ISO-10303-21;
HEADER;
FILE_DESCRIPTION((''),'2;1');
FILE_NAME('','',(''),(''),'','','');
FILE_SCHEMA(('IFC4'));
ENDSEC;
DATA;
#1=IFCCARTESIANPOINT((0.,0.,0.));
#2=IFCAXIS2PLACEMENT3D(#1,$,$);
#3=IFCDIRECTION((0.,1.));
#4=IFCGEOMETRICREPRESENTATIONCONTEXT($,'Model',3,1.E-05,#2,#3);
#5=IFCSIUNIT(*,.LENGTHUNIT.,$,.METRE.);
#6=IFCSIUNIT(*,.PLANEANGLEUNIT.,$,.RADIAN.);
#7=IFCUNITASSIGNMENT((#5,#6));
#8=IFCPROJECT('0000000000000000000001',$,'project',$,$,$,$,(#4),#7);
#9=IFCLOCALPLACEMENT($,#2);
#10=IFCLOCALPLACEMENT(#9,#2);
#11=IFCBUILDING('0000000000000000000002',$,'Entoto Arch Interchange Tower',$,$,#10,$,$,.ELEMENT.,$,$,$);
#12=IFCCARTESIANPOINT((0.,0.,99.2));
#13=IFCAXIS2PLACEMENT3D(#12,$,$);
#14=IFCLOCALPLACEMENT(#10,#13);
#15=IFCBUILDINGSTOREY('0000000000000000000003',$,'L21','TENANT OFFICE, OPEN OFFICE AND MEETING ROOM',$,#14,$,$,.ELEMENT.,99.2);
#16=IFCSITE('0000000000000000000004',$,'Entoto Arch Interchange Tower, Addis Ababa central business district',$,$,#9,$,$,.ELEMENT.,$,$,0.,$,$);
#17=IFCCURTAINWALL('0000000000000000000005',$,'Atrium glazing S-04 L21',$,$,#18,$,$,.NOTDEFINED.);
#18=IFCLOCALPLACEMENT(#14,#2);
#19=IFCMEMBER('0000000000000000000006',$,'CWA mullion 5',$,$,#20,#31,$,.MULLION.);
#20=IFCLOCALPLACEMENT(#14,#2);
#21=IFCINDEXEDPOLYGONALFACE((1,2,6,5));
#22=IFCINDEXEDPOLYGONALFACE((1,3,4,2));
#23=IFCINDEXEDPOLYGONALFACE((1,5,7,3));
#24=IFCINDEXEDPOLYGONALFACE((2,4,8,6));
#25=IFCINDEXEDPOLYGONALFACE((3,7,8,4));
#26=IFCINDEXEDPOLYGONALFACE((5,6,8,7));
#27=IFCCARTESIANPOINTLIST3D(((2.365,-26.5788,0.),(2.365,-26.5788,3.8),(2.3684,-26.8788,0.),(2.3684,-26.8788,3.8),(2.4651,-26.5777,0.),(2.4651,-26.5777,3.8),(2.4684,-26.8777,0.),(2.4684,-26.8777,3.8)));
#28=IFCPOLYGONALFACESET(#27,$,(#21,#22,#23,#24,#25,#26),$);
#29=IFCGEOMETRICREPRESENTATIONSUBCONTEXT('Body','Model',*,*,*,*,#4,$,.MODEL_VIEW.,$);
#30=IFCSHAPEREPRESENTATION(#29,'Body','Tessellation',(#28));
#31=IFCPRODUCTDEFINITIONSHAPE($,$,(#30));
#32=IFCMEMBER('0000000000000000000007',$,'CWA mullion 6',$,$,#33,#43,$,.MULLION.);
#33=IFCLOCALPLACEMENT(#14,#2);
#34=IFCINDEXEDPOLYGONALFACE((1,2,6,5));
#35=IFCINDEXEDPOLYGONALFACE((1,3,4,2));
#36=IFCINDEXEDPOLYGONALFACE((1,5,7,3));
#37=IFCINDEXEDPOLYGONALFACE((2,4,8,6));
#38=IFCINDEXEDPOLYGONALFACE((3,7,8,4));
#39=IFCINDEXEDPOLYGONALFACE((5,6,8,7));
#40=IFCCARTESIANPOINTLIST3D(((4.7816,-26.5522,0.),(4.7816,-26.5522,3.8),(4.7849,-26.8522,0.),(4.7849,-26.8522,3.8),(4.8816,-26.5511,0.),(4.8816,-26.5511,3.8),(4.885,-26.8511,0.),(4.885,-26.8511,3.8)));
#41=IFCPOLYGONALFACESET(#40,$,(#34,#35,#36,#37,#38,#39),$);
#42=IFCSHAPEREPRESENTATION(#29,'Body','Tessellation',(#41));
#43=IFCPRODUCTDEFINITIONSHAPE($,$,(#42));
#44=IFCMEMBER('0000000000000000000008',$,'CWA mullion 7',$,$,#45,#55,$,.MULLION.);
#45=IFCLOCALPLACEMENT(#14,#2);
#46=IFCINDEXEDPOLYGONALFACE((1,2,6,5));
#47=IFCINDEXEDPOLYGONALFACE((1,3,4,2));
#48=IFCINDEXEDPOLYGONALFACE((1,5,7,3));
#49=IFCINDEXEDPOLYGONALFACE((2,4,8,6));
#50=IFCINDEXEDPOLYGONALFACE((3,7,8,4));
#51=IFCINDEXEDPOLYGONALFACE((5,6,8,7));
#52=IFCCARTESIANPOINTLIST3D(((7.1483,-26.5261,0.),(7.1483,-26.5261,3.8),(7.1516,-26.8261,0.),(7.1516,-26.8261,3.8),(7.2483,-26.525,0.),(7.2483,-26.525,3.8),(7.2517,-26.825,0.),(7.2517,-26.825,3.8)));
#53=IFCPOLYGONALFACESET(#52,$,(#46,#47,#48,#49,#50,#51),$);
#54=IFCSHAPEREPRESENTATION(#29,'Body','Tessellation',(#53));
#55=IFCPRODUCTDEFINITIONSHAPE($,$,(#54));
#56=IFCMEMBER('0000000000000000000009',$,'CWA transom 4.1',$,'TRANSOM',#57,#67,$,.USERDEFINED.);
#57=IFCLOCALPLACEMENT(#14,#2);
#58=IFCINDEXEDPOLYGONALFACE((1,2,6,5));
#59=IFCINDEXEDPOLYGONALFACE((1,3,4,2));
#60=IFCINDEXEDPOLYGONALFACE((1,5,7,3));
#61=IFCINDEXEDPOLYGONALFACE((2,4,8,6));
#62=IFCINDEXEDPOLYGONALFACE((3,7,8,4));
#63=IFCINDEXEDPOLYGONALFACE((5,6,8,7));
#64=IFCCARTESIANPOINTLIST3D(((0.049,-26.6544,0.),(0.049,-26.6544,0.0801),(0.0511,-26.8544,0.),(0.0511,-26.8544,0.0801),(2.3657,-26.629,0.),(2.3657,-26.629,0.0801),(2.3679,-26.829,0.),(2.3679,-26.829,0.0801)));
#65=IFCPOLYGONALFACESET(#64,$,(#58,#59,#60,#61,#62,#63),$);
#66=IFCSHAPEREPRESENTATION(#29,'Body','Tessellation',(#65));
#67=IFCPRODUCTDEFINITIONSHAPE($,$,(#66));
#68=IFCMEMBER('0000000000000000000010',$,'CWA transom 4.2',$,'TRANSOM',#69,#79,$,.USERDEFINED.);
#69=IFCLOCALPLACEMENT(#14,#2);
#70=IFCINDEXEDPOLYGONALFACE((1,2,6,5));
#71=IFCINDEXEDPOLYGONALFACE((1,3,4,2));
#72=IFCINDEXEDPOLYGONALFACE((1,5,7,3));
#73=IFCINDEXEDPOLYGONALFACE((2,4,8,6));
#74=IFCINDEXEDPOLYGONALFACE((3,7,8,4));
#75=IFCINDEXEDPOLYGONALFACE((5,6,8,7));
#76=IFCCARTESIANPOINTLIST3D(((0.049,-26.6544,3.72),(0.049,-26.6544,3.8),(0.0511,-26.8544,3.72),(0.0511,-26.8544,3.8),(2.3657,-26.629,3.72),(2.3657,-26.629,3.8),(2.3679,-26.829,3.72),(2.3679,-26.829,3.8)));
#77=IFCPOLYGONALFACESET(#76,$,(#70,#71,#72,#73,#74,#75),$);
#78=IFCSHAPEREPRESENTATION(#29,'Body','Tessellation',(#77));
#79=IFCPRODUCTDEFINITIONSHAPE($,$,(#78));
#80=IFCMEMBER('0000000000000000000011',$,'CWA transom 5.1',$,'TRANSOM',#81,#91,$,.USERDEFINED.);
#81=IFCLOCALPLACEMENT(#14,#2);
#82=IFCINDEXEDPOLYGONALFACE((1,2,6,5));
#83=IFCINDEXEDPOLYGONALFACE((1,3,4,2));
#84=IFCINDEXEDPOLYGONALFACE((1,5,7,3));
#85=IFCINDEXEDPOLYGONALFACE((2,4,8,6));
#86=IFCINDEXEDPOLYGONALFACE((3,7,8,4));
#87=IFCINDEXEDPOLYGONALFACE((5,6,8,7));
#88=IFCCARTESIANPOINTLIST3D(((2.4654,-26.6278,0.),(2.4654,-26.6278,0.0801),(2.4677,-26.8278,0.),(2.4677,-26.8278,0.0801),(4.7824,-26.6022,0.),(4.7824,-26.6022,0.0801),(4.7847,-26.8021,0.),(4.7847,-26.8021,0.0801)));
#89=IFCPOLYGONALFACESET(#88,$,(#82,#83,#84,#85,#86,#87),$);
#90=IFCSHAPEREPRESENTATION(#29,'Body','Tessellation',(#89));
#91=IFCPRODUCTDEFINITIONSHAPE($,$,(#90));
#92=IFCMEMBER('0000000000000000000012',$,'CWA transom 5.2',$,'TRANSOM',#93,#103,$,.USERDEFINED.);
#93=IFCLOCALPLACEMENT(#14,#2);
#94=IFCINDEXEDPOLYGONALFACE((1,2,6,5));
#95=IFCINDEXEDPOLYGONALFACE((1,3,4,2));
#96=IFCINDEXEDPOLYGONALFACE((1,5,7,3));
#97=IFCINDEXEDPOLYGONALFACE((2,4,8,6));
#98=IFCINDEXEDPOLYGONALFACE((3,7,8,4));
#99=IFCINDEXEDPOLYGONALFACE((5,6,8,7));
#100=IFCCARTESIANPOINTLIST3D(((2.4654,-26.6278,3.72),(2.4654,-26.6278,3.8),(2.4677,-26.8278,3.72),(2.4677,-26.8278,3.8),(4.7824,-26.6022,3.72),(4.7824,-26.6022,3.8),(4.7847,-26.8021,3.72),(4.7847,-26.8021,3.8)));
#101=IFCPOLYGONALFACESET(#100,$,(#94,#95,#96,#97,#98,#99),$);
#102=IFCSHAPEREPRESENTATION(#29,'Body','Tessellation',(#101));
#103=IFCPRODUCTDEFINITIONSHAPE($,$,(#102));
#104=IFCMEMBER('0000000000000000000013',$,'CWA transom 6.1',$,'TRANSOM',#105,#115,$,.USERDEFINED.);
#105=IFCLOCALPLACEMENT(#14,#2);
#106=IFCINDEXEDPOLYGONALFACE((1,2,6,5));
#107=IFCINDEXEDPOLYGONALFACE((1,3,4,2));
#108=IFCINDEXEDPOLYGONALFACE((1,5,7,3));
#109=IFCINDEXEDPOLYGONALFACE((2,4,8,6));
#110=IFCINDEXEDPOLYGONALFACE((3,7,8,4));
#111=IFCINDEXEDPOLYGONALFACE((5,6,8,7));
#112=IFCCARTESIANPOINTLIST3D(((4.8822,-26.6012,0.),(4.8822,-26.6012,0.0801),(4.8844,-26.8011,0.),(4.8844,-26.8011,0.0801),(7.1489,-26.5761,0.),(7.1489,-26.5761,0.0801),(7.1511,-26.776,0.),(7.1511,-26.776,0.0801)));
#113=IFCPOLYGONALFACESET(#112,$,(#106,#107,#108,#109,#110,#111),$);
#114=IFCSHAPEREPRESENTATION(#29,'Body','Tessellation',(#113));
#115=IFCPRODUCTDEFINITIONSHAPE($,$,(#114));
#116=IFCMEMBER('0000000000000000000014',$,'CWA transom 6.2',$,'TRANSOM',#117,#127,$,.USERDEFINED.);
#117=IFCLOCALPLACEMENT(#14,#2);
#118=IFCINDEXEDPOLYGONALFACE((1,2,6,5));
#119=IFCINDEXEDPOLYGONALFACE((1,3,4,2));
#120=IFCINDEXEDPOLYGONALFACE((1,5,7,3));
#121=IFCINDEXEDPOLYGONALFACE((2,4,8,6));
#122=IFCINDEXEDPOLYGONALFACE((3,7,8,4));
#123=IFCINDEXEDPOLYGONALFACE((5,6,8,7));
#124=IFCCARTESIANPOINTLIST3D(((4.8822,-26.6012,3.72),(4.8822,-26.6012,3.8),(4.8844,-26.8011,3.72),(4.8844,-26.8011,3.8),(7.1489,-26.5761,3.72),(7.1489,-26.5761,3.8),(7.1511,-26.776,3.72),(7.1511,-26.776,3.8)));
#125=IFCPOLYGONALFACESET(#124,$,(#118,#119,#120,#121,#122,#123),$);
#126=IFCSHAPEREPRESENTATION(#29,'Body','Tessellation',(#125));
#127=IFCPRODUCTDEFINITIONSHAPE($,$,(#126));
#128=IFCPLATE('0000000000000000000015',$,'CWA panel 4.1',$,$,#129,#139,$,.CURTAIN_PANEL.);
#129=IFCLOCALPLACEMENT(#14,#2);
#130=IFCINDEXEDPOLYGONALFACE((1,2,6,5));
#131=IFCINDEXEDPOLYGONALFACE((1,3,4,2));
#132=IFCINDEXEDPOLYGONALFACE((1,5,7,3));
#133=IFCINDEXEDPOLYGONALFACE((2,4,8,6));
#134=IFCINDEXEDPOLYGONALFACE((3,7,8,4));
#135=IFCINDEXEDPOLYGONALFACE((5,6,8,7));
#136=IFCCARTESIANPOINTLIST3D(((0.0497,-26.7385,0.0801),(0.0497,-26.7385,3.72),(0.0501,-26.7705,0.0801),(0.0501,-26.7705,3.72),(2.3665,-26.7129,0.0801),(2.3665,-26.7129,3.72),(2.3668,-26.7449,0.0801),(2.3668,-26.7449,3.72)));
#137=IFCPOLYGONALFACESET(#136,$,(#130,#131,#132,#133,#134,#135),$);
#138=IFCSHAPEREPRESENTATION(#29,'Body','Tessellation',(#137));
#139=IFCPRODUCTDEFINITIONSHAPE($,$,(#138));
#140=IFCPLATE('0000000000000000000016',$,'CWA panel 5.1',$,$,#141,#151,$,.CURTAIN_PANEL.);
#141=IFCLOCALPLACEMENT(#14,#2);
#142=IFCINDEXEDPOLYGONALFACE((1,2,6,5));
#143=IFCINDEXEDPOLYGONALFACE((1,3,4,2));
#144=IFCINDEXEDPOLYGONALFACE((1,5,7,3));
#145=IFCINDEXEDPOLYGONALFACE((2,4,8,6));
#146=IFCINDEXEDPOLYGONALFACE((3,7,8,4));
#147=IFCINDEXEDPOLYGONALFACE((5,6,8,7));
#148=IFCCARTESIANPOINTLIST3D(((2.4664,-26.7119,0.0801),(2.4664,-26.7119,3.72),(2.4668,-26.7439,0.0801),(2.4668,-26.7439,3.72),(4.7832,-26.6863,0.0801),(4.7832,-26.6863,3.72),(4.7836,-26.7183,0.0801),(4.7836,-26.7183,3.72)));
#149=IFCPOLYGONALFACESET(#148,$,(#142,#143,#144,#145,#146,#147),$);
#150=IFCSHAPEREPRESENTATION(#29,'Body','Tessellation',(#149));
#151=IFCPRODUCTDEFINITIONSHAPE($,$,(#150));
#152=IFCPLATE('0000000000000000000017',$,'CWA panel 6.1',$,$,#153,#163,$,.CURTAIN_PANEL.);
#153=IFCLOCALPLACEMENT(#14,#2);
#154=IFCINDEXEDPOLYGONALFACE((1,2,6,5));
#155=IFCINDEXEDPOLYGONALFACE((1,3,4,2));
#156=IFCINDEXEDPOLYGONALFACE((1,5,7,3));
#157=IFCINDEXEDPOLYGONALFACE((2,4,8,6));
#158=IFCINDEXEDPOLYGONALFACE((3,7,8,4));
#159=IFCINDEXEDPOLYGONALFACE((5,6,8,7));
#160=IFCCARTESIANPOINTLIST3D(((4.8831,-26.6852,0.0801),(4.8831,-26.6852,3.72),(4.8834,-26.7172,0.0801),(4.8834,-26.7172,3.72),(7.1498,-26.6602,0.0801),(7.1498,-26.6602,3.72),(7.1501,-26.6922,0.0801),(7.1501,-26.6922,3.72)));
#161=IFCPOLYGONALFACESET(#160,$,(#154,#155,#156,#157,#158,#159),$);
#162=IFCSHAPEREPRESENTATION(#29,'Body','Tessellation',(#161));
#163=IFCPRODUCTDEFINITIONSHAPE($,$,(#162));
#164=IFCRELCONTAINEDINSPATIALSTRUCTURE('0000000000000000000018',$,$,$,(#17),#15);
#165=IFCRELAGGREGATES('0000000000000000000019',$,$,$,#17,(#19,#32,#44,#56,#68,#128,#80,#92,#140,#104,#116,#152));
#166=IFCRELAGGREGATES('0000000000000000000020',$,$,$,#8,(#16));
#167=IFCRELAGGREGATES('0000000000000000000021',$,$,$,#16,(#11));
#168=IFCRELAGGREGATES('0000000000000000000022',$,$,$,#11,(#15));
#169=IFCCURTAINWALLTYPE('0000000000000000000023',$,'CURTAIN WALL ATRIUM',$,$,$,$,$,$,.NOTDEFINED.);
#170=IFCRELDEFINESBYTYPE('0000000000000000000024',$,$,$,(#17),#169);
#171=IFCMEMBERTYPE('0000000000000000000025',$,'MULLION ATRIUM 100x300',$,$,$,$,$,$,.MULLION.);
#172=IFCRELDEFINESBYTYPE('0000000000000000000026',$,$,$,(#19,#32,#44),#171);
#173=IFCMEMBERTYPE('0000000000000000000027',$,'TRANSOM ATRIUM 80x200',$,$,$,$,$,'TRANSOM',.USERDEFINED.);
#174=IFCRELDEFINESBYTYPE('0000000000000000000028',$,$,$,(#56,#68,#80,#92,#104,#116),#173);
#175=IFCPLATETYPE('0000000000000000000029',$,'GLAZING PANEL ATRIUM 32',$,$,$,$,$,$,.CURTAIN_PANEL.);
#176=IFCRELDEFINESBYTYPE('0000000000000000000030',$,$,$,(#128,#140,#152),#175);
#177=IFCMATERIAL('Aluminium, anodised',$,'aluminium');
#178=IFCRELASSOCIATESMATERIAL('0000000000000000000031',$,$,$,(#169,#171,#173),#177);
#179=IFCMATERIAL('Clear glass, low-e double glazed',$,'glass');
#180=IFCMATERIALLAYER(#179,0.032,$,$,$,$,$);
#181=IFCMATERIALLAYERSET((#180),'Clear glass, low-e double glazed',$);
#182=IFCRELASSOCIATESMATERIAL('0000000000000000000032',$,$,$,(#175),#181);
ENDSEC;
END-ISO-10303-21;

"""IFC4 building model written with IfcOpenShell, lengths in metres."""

from ifc_helpers import new_model, si_unit, direction, frame, origin, origin_2d, place, context, subcontext, project, spatial, rectangle, extrude, material, layer, layer_set, material_profile, profile_set, type_object, element, aggregate, save


model = new_model("IFC4")

# Units and contexts
model_context = context("Model", 3, precision=1e-05, world=origin(), true_north=direction((0.0, 1.0)))
body_context = subcontext(model_context, "Body", "Model", "MODEL_VIEW")
ifc_project = project(units=[si_unit("LENGTHUNIT", "METRE"), si_unit("PLANEANGLEUNIT", "RADIAN")], contexts=[model_context])

# Site, building, storey
site_placement = place(None, origin())
site = spatial("IfcSite", under=ifc_project, at=site_placement, Name="Entoto Arch Interchange Tower, Addis Ababa central business district", CompositionType="ELEMENT", RefElevation=0.0)
building_placement = place(site_placement, origin())
building = spatial("IfcBuilding", under=site, at=building_placement, Name="Entoto Arch Interchange Tower", CompositionType="ELEMENT")
storey_placement = place(building_placement, frame((0.0, 0.0, 99.2)))
storey = spatial("IfcBuildingStorey", under=building, at=storey_placement, Name="L21", Description="TENANT OFFICE, OPEN OFFICE AND MEETING ROOM", CompositionType="ELEMENT", Elevation=99.2)

# Curtain wall, members, plates
ifc_material_1 = material(Name="Aluminium, anodised", Category="aluminium")
curtain_wall_type = type_object("IfcCurtainWallType", Name="CURTAIN WALL ATRIUM", PredefinedType="NOTDEFINED", material=ifc_material_1)
curtain_wall_placement = place(storey_placement, origin())
curtain_wall = element("IfcCurtainWall", 1, at=curtain_wall_placement, inside=storey, type_object=curtain_wall_type, Name="Atrium glazing S-04 L21", PredefinedType="NOTDEFINED")
ifc_material_profile_1 = material_profile(ifc_material_1, rectangle(XDim=0.3, YDim=0.1001, at=origin_2d()))
ifc_profile_set_1 = profile_set([ifc_material_profile_1], Name="Aluminium, anodised")
member_type_1 = type_object("IfcMemberType", Name="MULLION ATRIUM 100x300", PredefinedType="MULLION", material=ifc_profile_set_1)
member_1_placement = place(storey_placement, frame((2.4167, -26.7283, 0.0), z_axis=(0.0, 0.0, 1.0), x_axis=(-0.011034, 0.999939, 0.0)))
member_1 = element("IfcMember", 2, at=member_1_placement, type_object=member_type_1, Name="CWA mullion 5", PredefinedType="MULLION", context=body_context, shape_type="SweptSolid", body=[
    extrude(rectangle(XDim=0.3, YDim=0.1001, at=origin_2d()), origin(), (0.0, 0.0, 1.0), 3.8),
])
member_2_placement = place(storey_placement, frame((4.8333, -26.7017, 0.0), z_axis=(0.0, 0.0, 1.0), x_axis=(-0.011034, 0.999939, 0.0)))
member_2 = element("IfcMember", 3, at=member_2_placement, type_object=member_type_1, Name="CWA mullion 6", PredefinedType="MULLION", context=body_context, shape_type="SweptSolid", body=[
    extrude(rectangle(XDim=0.3, YDim=0.1001, at=origin_2d()), origin(), (0.0, 0.0, 1.0), 3.8),
])
member_3_placement = place(storey_placement, frame((7.2, -26.6755, 0.0), z_axis=(0.0, 0.0, 1.0), x_axis=(-0.011034, 0.999939, 0.0)))
member_3 = element("IfcMember", 4, at=member_3_placement, type_object=member_type_1, Name="CWA mullion 7", PredefinedType="MULLION", context=body_context, shape_type="SweptSolid", body=[
    extrude(rectangle(XDim=0.3, YDim=0.1001, at=origin_2d()), origin(), (0.0, 0.0, 1.0), 3.8),
])
ifc_material_profile_2 = material_profile(ifc_material_1, rectangle(XDim=0.2, YDim=0.0801, at=origin_2d()))
ifc_profile_set_2 = profile_set([ifc_material_profile_2], Name="Aluminium, anodised")
member_type_2 = type_object("IfcMemberType", Name="TRANSOM ATRIUM 80x200", ElementType="TRANSOM", PredefinedType="USERDEFINED", material=ifc_profile_set_2)
member_4_placement = place(storey_placement, frame((0.05, -26.7544, 0.04), z_axis=(0.99994, 0.010959, 0.0), x_axis=(-0.010959, 0.99994, 0.0)))
member_4 = element("IfcMember", 5, at=member_4_placement, type_object=member_type_2, Name="CWA transom 4.1", ObjectType="TRANSOM", PredefinedType="USERDEFINED", context=body_context, shape_type="SweptSolid", body=[
    extrude(rectangle(XDim=0.2, YDim=0.0801, at=origin_2d()), origin(), (0.0, 0.0, 1.0), 2.3169),
])
member_5_placement = place(storey_placement, frame((0.05, -26.7544, 3.76), z_axis=(0.99994, 0.010959, 0.0), x_axis=(-0.010959, 0.99994, 0.0)))
member_5 = element("IfcMember", 6, at=member_5_placement, type_object=member_type_2, Name="CWA transom 4.2", ObjectType="TRANSOM", PredefinedType="USERDEFINED", context=body_context, shape_type="SweptSolid", body=[
    extrude(rectangle(XDim=0.2, YDim=0.0801, at=origin_2d()), origin(), (0.0, 0.0, 1.0), 2.3169),
])
member_6_placement = place(storey_placement, frame((2.4666, -26.7278, 0.04), z_axis=(0.999939, 0.011064, 0.0), x_axis=(-0.011064, 0.999939, 0.0)))
member_6 = element("IfcMember", 7, at=member_6_placement, type_object=member_type_2, Name="CWA transom 5.1", ObjectType="TRANSOM", PredefinedType="USERDEFINED", context=body_context, shape_type="SweptSolid", body=[
    extrude(rectangle(XDim=0.2, YDim=0.0801, at=origin_2d()), origin(), (0.0, 0.0, 1.0), 2.3171),
])
member_7_placement = place(storey_placement, frame((2.4666, -26.7278, 3.76), z_axis=(0.999939, 0.011064, 0.0), x_axis=(-0.011064, 0.999939, 0.0)))
member_7 = element("IfcMember", 8, at=member_7_placement, type_object=member_type_2, Name="CWA transom 5.2", ObjectType="TRANSOM", PredefinedType="USERDEFINED", context=body_context, shape_type="SweptSolid", body=[
    extrude(rectangle(XDim=0.2, YDim=0.0801, at=origin_2d()), origin(), (0.0, 0.0, 1.0), 2.3171),
])
member_8_placement = place(storey_placement, frame((4.8833, -26.7012, 0.04), z_axis=(0.999938, 0.011094, 0.0), x_axis=(-0.011094, 0.999938, 0.0)))
member_8 = element("IfcMember", 9, at=member_8_placement, type_object=member_type_2, Name="CWA transom 6.1", ObjectType="TRANSOM", PredefinedType="USERDEFINED", context=body_context, shape_type="SweptSolid", body=[
    extrude(rectangle(XDim=0.2, YDim=0.0801, at=origin_2d()), origin(), (0.0, 0.0, 1.0), 2.2668),
])
member_9_placement = place(storey_placement, frame((4.8833, -26.7012, 3.76), z_axis=(0.999938, 0.011094, 0.0), x_axis=(-0.011094, 0.999938, 0.0)))
member_9 = element("IfcMember", 10, at=member_9_placement, type_object=member_type_2, Name="CWA transom 6.2", ObjectType="TRANSOM", PredefinedType="USERDEFINED", context=body_context, shape_type="SweptSolid", body=[
    extrude(rectangle(XDim=0.2, YDim=0.0801, at=origin_2d()), origin(), (0.0, 0.0, 1.0), 2.2668),
])
ifc_material_2 = material(Name="Clear glass, low-e double glazed", Category="glass")
ifc_layer_1 = layer(ifc_material_2, 0.032)
ifc_layer_set_1 = layer_set([ifc_layer_1], Name="Clear glass, low-e double glazed")
plate_type = type_object("IfcPlateType", Name="GLAZING PANEL ATRIUM 32", PredefinedType="CURTAIN_PANEL", material=ifc_layer_set_1)
plate_1_placement = place(storey_placement, frame((1.2083, -26.7417, 0.0801), z_axis=(0.0, 0.0, 1.0), x_axis=(0.999939, 0.011034, 0.0)))
plate_1 = element("IfcPlate", 11, at=plate_1_placement, type_object=plate_type, Name="CWA panel 4.1", PredefinedType="CURTAIN_PANEL", context=body_context, shape_type="SweptSolid", body=[
    extrude(rectangle(XDim=2.3169, YDim=0.032, at=origin_2d()), origin(), (0.0, 0.0, 1.0), 3.6399),
])
plate_2_placement = place(storey_placement, frame((3.625, -26.7151, 0.0801), z_axis=(0.0, 0.0, 1.0), x_axis=(0.999939, 0.011034, 0.0)))
plate_2 = element("IfcPlate", 12, at=plate_2_placement, type_object=plate_type, Name="CWA panel 5.1", PredefinedType="CURTAIN_PANEL", context=body_context, shape_type="SweptSolid", body=[
    extrude(rectangle(XDim=2.3169, YDim=0.032, at=origin_2d()), origin(), (0.0, 0.0, 1.0), 3.6399),
])
plate_3_placement = place(storey_placement, frame((6.0166, -26.6887, 0.0801), z_axis=(0.0, 0.0, 1.0), x_axis=(0.999939, 0.011034, 0.0)))
plate_3 = element("IfcPlate", 13, at=plate_3_placement, type_object=plate_type, Name="CWA panel 6.1", PredefinedType="CURTAIN_PANEL", context=body_context, shape_type="SweptSolid", body=[
    extrude(rectangle(XDim=2.2668, YDim=0.032, at=origin_2d()), origin(), (0.0, 0.0, 1.0), 3.6399),
])
aggregate(curtain_wall, [member_1, member_2, member_3, member_4, member_5, plate_1, member_6, member_7, plate_2, member_8, member_9, plate_3])

save(model, "model.ifc")
